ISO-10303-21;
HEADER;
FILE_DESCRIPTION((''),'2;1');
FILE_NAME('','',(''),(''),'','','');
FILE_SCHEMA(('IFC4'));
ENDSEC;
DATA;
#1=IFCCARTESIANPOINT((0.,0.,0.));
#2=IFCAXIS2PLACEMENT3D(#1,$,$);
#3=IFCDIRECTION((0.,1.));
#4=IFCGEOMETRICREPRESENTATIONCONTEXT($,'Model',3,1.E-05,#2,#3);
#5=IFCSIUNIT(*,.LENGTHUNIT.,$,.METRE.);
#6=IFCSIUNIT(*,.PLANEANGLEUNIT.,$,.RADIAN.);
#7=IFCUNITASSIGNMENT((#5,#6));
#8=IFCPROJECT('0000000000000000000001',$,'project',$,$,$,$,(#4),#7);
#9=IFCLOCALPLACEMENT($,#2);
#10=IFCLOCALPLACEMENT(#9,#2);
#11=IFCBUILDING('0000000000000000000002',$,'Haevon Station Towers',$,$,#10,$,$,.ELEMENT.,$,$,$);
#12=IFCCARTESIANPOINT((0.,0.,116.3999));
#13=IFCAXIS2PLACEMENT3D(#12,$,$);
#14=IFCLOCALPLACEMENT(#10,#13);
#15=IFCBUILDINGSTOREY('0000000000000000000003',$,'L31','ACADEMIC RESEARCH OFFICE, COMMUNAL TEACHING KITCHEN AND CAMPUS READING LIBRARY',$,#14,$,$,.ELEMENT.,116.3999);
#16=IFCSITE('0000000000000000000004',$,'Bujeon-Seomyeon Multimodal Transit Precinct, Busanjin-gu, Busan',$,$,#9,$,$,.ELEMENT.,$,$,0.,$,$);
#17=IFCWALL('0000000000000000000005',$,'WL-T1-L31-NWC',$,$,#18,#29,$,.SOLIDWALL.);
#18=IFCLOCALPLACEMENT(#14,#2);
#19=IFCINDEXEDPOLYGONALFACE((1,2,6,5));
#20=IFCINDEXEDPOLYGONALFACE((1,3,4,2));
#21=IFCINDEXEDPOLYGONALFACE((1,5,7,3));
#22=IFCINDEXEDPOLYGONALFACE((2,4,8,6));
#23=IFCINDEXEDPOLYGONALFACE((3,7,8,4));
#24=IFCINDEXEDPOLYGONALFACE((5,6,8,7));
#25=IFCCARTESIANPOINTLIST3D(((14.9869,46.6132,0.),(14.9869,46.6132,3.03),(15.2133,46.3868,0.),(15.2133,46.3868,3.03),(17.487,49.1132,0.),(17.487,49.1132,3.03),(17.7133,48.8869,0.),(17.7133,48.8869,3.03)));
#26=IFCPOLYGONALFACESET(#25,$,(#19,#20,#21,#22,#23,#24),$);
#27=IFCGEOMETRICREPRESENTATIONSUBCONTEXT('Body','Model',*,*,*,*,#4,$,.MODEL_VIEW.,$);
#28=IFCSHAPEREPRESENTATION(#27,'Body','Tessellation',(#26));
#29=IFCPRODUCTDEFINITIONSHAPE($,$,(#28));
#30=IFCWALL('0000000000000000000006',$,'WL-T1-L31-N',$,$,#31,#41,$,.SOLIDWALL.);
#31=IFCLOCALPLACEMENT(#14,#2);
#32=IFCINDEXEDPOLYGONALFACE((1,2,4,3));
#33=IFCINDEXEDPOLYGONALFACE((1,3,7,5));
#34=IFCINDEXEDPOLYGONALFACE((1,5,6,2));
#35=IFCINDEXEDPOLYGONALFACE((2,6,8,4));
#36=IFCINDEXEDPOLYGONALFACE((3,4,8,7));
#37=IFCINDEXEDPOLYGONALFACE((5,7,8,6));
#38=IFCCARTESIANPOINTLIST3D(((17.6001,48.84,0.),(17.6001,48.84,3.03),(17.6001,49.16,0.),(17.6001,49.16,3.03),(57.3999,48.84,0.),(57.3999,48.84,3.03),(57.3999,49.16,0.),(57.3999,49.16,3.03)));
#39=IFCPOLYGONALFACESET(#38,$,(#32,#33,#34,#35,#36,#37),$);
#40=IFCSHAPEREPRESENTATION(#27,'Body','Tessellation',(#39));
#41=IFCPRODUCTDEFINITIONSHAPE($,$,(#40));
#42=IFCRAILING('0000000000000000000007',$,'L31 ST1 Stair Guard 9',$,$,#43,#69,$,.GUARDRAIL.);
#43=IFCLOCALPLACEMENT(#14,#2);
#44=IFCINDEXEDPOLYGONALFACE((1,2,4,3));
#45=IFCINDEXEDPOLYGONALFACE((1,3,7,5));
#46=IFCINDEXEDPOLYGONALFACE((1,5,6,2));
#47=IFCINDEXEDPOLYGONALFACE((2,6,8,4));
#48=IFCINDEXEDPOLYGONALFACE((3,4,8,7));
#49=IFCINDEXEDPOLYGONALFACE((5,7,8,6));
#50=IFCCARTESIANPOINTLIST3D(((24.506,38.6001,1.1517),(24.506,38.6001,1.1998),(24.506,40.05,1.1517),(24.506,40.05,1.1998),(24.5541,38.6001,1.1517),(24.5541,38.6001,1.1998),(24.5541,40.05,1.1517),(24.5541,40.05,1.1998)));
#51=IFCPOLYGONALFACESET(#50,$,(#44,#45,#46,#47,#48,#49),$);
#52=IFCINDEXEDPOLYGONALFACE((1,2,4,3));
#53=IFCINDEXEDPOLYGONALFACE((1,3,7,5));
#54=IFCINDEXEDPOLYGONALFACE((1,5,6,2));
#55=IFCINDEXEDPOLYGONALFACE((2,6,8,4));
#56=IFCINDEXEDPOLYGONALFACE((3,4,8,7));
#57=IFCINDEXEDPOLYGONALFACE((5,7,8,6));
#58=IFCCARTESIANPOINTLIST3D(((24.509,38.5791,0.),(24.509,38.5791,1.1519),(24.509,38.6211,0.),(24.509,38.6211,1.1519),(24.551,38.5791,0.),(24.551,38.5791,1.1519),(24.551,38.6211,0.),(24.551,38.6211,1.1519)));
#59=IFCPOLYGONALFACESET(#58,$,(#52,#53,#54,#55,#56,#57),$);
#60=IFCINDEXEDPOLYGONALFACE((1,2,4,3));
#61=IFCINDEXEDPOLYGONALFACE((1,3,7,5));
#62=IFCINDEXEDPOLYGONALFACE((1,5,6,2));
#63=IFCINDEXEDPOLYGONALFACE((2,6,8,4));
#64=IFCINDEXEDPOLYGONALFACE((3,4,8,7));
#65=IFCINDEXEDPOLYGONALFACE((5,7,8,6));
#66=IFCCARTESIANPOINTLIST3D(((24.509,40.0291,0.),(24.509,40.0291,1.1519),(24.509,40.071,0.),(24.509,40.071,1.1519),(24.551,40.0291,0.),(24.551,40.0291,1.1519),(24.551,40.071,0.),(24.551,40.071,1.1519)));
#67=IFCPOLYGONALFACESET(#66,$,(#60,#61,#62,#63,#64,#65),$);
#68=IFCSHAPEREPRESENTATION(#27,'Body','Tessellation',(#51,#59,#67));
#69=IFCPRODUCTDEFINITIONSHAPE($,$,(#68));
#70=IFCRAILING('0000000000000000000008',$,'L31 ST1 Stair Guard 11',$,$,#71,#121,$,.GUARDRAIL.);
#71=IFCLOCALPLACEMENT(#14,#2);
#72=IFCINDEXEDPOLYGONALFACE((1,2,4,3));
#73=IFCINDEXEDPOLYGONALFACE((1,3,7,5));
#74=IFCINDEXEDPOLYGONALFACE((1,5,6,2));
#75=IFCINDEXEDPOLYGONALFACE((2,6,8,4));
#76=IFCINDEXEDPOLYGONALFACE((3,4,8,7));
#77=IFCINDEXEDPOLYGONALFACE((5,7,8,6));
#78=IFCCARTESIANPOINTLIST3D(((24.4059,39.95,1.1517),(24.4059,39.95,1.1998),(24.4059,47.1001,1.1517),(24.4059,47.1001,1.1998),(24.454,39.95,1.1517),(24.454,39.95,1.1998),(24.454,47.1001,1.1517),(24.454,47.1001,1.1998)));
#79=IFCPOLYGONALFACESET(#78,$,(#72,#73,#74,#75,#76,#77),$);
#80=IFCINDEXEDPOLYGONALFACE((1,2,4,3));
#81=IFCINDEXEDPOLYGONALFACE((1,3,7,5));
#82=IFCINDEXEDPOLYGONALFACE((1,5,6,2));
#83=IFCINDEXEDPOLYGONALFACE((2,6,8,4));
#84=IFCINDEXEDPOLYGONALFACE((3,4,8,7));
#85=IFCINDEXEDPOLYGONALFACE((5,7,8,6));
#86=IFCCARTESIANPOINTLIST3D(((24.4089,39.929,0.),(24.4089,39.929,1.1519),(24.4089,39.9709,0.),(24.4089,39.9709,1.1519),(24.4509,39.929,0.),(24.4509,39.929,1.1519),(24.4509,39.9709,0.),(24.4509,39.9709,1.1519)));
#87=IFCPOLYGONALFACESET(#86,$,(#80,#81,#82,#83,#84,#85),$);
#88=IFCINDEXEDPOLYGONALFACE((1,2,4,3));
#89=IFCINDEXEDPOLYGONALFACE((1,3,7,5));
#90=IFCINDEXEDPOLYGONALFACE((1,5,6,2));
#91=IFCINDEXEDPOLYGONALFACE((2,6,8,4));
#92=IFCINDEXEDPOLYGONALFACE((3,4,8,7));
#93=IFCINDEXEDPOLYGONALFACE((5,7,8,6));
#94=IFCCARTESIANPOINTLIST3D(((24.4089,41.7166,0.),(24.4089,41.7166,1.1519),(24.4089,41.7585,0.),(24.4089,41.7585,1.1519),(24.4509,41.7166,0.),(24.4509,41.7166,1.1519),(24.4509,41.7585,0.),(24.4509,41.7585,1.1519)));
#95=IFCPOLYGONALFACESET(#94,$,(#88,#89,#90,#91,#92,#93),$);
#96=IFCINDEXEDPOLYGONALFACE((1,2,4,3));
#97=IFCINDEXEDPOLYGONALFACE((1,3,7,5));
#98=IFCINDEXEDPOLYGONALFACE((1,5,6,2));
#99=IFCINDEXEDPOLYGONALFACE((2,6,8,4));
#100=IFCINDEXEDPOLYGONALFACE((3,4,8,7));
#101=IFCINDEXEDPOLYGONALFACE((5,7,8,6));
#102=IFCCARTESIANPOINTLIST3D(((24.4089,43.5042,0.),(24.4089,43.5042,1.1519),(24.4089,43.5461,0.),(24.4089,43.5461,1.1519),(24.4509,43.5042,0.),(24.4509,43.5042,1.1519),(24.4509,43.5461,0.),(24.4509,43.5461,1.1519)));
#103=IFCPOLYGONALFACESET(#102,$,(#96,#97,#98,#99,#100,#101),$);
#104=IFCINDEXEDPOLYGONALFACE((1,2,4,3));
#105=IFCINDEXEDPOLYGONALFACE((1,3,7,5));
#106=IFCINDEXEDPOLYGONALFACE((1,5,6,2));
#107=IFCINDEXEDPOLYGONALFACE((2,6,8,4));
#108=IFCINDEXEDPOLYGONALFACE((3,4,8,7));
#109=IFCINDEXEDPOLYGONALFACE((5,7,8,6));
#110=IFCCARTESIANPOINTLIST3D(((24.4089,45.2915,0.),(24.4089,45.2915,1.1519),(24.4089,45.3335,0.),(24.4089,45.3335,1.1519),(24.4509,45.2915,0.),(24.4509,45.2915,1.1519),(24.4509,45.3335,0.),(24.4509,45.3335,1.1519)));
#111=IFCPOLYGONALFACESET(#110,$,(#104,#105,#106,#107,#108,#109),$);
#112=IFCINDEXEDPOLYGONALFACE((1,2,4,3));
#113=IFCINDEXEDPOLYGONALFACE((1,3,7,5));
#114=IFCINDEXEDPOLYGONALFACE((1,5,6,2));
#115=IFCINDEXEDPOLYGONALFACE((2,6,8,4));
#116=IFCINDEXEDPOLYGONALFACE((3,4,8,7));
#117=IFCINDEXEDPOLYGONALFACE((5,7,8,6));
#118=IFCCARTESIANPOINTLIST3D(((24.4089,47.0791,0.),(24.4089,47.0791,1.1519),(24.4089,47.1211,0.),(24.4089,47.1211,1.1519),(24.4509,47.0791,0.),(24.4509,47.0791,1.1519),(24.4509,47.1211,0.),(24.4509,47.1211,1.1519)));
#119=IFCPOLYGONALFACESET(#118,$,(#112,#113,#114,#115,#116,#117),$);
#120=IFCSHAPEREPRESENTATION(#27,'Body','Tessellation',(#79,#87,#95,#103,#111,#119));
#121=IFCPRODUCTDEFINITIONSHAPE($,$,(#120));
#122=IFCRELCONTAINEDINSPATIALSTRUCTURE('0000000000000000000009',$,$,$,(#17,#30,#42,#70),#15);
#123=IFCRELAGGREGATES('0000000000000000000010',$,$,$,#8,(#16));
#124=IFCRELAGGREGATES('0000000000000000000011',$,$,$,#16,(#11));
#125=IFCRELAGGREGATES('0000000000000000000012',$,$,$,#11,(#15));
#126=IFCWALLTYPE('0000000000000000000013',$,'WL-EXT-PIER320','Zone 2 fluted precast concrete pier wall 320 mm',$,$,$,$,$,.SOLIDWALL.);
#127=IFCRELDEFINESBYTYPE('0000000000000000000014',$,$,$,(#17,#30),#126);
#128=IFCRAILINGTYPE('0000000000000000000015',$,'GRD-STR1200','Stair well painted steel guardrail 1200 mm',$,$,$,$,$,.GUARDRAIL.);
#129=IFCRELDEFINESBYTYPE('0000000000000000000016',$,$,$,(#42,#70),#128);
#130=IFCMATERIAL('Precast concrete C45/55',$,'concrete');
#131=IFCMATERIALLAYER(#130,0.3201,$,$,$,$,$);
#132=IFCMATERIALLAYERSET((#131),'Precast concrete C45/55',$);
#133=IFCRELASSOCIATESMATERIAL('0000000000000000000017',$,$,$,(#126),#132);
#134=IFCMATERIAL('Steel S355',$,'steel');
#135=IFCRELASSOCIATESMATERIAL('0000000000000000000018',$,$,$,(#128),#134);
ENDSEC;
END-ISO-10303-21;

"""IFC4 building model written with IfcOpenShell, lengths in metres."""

from ifc_helpers import new_model, si_unit, direction, frame, frame_2d, origin, origin_2d, place, context, subcontext, project, spatial, rectangle, extrude, material, layer, layer_set, type_object, element, save


model = new_model("IFC4")

# Units and contexts
model_context = context("Model", 3, precision=1e-05, world=origin(), true_north=direction((0.0, 1.0)))
body_context = subcontext(model_context, "Body", "Model", "MODEL_VIEW")
ifc_project = project(units=[si_unit("LENGTHUNIT", "METRE"), si_unit("PLANEANGLEUNIT", "RADIAN")], contexts=[model_context])

# Site, building, storey
site_placement = place(None, origin())
site = spatial("IfcSite", under=ifc_project, at=site_placement, Name="Bujeon-Seomyeon Multimodal Transit Precinct, Busanjin-gu, Busan", CompositionType="ELEMENT", RefElevation=0.0)
building_placement = place(site_placement, origin())
building = spatial("IfcBuilding", under=site, at=building_placement, Name="Haevon Station Towers", CompositionType="ELEMENT")
storey_placement = place(building_placement, frame((0.0, 0.0, 116.3999)))
storey = spatial("IfcBuildingStorey", under=building, at=storey_placement, Name="L31", Description="ACADEMIC RESEARCH OFFICE, COMMUNAL TEACHING KITCHEN AND CAMPUS READING LIBRARY", CompositionType="ELEMENT", Elevation=116.3999)

# Shared definitions
ifc_material_1 = material(Name="Steel S355", Category="steel")

# Walls
ifc_material_2 = material(Name="Precast concrete C45/55", Category="concrete")
ifc_layer_1 = layer(ifc_material_2, 0.3201)
ifc_layer_set_1 = layer_set([ifc_layer_1], Name="Precast concrete C45/55")
wall_type_1 = type_object("IfcWallType", Name="WL-EXT-PIER320", Description="Zone 2 fluted precast concrete pier wall 320 mm", PredefinedType="SOLIDWALL", material=ifc_layer_set_1)
wall_1_placement = place(storey_placement, frame((15.1001, 46.5, 0.0), z_axis=(0.0, 0.0, 1.0), x_axis=(0.707107, 0.707107, 0.0)))
element("IfcWall", 1, at=wall_1_placement, inside=storey, type_object=wall_type_1, Name="WL-T1-L31-NWC", PredefinedType="SOLIDWALL", context=body_context, shape_type="SweptSolid", body=[
    extrude(rectangle(XDim=3.5356, YDim=0.3201, at=frame_2d((1.7678, 0.0))), origin(), (0.0, 0.0, 1.0), 3.03),
])
wall_2_placement = place(storey_placement, frame((17.6001, 49.0, 0.0), z_axis=(0.0, 0.0, 1.0), x_axis=(1.0, 0.0, 0.0)))
element("IfcWall", 2, at=wall_2_placement, inside=storey, type_object=wall_type_1, Name="WL-T1-L31-N", PredefinedType="SOLIDWALL", context=body_context, shape_type="SweptSolid", body=[
    extrude(rectangle(XDim=39.7998, YDim=0.3201, at=frame_2d((19.8999, 0.0))), origin(), (0.0, 0.0, 1.0), 3.03),
])

# Railings
railing_type = type_object("IfcRailingType", Name="GRD-STR1200", Description="Stair well painted steel guardrail 1200 mm", PredefinedType="GUARDRAIL", material=ifc_material_1)
railing_1_placement = place(storey_placement, frame((24.53, 38.6001, 0.0)))
element("IfcRailing", 3, at=railing_1_placement, inside=storey, type_object=railing_type, Name="L31 ST1 Stair Guard 9", PredefinedType="GUARDRAIL", context=body_context, shape_type="SweptSolid", body=[
    extrude(rectangle(XDim=0.0481, YDim=0.0481, at=origin_2d()), frame((0.0, 0.0, 1.1758), z_axis=(0.0, 1.0, 0.0), x_axis=(-1.0, 0.0, 0.0)), (0.0, 0.0, 1.0), 1.45),
    extrude(rectangle(XDim=0.042, YDim=0.042, at=origin_2d()), origin(), (0.0, 0.0, 1.0), 1.1519),
    extrude(rectangle(XDim=0.042, YDim=0.042, at=origin_2d()), frame((0.0, 1.45, 0.0)), (0.0, 0.0, 1.0), 1.1519),
])
railing_2_placement = place(storey_placement, frame((24.4299, 39.95, 0.0)))
element("IfcRailing", 4, at=railing_2_placement, inside=storey, type_object=railing_type, Name="L31 ST1 Stair Guard 11", PredefinedType="GUARDRAIL", context=body_context, shape_type="SweptSolid", body=[
    extrude(rectangle(XDim=0.0481, YDim=0.0481, at=origin_2d()), frame((0.0, 0.0, 1.1758), z_axis=(0.0, 1.0, 0.0), x_axis=(-1.0, 0.0, 0.0)), (0.0, 0.0, 1.0), 7.1501),
    extrude(rectangle(XDim=0.042, YDim=0.042, at=origin_2d()), origin(), (0.0, 0.0, 1.0), 1.1519),
    extrude(rectangle(XDim=0.042, YDim=0.042, at=origin_2d()), frame((0.0, 1.7876, 0.0)), (0.0, 0.0, 1.0), 1.1519),
    extrude(rectangle(XDim=0.042, YDim=0.042, at=origin_2d()), frame((0.0, 3.5752, 0.0)), (0.0, 0.0, 1.0), 1.1519),
    extrude(rectangle(XDim=0.042, YDim=0.042, at=origin_2d()), frame((0.0, 5.3625, 0.0)), (0.0, 0.0, 1.0), 1.1519),
    extrude(rectangle(XDim=0.042, YDim=0.042, at=origin_2d()), frame((0.0, 7.1501, 0.0)), (0.0, 0.0, 1.0), 1.1519),
])

save(model, "model.ifc")
